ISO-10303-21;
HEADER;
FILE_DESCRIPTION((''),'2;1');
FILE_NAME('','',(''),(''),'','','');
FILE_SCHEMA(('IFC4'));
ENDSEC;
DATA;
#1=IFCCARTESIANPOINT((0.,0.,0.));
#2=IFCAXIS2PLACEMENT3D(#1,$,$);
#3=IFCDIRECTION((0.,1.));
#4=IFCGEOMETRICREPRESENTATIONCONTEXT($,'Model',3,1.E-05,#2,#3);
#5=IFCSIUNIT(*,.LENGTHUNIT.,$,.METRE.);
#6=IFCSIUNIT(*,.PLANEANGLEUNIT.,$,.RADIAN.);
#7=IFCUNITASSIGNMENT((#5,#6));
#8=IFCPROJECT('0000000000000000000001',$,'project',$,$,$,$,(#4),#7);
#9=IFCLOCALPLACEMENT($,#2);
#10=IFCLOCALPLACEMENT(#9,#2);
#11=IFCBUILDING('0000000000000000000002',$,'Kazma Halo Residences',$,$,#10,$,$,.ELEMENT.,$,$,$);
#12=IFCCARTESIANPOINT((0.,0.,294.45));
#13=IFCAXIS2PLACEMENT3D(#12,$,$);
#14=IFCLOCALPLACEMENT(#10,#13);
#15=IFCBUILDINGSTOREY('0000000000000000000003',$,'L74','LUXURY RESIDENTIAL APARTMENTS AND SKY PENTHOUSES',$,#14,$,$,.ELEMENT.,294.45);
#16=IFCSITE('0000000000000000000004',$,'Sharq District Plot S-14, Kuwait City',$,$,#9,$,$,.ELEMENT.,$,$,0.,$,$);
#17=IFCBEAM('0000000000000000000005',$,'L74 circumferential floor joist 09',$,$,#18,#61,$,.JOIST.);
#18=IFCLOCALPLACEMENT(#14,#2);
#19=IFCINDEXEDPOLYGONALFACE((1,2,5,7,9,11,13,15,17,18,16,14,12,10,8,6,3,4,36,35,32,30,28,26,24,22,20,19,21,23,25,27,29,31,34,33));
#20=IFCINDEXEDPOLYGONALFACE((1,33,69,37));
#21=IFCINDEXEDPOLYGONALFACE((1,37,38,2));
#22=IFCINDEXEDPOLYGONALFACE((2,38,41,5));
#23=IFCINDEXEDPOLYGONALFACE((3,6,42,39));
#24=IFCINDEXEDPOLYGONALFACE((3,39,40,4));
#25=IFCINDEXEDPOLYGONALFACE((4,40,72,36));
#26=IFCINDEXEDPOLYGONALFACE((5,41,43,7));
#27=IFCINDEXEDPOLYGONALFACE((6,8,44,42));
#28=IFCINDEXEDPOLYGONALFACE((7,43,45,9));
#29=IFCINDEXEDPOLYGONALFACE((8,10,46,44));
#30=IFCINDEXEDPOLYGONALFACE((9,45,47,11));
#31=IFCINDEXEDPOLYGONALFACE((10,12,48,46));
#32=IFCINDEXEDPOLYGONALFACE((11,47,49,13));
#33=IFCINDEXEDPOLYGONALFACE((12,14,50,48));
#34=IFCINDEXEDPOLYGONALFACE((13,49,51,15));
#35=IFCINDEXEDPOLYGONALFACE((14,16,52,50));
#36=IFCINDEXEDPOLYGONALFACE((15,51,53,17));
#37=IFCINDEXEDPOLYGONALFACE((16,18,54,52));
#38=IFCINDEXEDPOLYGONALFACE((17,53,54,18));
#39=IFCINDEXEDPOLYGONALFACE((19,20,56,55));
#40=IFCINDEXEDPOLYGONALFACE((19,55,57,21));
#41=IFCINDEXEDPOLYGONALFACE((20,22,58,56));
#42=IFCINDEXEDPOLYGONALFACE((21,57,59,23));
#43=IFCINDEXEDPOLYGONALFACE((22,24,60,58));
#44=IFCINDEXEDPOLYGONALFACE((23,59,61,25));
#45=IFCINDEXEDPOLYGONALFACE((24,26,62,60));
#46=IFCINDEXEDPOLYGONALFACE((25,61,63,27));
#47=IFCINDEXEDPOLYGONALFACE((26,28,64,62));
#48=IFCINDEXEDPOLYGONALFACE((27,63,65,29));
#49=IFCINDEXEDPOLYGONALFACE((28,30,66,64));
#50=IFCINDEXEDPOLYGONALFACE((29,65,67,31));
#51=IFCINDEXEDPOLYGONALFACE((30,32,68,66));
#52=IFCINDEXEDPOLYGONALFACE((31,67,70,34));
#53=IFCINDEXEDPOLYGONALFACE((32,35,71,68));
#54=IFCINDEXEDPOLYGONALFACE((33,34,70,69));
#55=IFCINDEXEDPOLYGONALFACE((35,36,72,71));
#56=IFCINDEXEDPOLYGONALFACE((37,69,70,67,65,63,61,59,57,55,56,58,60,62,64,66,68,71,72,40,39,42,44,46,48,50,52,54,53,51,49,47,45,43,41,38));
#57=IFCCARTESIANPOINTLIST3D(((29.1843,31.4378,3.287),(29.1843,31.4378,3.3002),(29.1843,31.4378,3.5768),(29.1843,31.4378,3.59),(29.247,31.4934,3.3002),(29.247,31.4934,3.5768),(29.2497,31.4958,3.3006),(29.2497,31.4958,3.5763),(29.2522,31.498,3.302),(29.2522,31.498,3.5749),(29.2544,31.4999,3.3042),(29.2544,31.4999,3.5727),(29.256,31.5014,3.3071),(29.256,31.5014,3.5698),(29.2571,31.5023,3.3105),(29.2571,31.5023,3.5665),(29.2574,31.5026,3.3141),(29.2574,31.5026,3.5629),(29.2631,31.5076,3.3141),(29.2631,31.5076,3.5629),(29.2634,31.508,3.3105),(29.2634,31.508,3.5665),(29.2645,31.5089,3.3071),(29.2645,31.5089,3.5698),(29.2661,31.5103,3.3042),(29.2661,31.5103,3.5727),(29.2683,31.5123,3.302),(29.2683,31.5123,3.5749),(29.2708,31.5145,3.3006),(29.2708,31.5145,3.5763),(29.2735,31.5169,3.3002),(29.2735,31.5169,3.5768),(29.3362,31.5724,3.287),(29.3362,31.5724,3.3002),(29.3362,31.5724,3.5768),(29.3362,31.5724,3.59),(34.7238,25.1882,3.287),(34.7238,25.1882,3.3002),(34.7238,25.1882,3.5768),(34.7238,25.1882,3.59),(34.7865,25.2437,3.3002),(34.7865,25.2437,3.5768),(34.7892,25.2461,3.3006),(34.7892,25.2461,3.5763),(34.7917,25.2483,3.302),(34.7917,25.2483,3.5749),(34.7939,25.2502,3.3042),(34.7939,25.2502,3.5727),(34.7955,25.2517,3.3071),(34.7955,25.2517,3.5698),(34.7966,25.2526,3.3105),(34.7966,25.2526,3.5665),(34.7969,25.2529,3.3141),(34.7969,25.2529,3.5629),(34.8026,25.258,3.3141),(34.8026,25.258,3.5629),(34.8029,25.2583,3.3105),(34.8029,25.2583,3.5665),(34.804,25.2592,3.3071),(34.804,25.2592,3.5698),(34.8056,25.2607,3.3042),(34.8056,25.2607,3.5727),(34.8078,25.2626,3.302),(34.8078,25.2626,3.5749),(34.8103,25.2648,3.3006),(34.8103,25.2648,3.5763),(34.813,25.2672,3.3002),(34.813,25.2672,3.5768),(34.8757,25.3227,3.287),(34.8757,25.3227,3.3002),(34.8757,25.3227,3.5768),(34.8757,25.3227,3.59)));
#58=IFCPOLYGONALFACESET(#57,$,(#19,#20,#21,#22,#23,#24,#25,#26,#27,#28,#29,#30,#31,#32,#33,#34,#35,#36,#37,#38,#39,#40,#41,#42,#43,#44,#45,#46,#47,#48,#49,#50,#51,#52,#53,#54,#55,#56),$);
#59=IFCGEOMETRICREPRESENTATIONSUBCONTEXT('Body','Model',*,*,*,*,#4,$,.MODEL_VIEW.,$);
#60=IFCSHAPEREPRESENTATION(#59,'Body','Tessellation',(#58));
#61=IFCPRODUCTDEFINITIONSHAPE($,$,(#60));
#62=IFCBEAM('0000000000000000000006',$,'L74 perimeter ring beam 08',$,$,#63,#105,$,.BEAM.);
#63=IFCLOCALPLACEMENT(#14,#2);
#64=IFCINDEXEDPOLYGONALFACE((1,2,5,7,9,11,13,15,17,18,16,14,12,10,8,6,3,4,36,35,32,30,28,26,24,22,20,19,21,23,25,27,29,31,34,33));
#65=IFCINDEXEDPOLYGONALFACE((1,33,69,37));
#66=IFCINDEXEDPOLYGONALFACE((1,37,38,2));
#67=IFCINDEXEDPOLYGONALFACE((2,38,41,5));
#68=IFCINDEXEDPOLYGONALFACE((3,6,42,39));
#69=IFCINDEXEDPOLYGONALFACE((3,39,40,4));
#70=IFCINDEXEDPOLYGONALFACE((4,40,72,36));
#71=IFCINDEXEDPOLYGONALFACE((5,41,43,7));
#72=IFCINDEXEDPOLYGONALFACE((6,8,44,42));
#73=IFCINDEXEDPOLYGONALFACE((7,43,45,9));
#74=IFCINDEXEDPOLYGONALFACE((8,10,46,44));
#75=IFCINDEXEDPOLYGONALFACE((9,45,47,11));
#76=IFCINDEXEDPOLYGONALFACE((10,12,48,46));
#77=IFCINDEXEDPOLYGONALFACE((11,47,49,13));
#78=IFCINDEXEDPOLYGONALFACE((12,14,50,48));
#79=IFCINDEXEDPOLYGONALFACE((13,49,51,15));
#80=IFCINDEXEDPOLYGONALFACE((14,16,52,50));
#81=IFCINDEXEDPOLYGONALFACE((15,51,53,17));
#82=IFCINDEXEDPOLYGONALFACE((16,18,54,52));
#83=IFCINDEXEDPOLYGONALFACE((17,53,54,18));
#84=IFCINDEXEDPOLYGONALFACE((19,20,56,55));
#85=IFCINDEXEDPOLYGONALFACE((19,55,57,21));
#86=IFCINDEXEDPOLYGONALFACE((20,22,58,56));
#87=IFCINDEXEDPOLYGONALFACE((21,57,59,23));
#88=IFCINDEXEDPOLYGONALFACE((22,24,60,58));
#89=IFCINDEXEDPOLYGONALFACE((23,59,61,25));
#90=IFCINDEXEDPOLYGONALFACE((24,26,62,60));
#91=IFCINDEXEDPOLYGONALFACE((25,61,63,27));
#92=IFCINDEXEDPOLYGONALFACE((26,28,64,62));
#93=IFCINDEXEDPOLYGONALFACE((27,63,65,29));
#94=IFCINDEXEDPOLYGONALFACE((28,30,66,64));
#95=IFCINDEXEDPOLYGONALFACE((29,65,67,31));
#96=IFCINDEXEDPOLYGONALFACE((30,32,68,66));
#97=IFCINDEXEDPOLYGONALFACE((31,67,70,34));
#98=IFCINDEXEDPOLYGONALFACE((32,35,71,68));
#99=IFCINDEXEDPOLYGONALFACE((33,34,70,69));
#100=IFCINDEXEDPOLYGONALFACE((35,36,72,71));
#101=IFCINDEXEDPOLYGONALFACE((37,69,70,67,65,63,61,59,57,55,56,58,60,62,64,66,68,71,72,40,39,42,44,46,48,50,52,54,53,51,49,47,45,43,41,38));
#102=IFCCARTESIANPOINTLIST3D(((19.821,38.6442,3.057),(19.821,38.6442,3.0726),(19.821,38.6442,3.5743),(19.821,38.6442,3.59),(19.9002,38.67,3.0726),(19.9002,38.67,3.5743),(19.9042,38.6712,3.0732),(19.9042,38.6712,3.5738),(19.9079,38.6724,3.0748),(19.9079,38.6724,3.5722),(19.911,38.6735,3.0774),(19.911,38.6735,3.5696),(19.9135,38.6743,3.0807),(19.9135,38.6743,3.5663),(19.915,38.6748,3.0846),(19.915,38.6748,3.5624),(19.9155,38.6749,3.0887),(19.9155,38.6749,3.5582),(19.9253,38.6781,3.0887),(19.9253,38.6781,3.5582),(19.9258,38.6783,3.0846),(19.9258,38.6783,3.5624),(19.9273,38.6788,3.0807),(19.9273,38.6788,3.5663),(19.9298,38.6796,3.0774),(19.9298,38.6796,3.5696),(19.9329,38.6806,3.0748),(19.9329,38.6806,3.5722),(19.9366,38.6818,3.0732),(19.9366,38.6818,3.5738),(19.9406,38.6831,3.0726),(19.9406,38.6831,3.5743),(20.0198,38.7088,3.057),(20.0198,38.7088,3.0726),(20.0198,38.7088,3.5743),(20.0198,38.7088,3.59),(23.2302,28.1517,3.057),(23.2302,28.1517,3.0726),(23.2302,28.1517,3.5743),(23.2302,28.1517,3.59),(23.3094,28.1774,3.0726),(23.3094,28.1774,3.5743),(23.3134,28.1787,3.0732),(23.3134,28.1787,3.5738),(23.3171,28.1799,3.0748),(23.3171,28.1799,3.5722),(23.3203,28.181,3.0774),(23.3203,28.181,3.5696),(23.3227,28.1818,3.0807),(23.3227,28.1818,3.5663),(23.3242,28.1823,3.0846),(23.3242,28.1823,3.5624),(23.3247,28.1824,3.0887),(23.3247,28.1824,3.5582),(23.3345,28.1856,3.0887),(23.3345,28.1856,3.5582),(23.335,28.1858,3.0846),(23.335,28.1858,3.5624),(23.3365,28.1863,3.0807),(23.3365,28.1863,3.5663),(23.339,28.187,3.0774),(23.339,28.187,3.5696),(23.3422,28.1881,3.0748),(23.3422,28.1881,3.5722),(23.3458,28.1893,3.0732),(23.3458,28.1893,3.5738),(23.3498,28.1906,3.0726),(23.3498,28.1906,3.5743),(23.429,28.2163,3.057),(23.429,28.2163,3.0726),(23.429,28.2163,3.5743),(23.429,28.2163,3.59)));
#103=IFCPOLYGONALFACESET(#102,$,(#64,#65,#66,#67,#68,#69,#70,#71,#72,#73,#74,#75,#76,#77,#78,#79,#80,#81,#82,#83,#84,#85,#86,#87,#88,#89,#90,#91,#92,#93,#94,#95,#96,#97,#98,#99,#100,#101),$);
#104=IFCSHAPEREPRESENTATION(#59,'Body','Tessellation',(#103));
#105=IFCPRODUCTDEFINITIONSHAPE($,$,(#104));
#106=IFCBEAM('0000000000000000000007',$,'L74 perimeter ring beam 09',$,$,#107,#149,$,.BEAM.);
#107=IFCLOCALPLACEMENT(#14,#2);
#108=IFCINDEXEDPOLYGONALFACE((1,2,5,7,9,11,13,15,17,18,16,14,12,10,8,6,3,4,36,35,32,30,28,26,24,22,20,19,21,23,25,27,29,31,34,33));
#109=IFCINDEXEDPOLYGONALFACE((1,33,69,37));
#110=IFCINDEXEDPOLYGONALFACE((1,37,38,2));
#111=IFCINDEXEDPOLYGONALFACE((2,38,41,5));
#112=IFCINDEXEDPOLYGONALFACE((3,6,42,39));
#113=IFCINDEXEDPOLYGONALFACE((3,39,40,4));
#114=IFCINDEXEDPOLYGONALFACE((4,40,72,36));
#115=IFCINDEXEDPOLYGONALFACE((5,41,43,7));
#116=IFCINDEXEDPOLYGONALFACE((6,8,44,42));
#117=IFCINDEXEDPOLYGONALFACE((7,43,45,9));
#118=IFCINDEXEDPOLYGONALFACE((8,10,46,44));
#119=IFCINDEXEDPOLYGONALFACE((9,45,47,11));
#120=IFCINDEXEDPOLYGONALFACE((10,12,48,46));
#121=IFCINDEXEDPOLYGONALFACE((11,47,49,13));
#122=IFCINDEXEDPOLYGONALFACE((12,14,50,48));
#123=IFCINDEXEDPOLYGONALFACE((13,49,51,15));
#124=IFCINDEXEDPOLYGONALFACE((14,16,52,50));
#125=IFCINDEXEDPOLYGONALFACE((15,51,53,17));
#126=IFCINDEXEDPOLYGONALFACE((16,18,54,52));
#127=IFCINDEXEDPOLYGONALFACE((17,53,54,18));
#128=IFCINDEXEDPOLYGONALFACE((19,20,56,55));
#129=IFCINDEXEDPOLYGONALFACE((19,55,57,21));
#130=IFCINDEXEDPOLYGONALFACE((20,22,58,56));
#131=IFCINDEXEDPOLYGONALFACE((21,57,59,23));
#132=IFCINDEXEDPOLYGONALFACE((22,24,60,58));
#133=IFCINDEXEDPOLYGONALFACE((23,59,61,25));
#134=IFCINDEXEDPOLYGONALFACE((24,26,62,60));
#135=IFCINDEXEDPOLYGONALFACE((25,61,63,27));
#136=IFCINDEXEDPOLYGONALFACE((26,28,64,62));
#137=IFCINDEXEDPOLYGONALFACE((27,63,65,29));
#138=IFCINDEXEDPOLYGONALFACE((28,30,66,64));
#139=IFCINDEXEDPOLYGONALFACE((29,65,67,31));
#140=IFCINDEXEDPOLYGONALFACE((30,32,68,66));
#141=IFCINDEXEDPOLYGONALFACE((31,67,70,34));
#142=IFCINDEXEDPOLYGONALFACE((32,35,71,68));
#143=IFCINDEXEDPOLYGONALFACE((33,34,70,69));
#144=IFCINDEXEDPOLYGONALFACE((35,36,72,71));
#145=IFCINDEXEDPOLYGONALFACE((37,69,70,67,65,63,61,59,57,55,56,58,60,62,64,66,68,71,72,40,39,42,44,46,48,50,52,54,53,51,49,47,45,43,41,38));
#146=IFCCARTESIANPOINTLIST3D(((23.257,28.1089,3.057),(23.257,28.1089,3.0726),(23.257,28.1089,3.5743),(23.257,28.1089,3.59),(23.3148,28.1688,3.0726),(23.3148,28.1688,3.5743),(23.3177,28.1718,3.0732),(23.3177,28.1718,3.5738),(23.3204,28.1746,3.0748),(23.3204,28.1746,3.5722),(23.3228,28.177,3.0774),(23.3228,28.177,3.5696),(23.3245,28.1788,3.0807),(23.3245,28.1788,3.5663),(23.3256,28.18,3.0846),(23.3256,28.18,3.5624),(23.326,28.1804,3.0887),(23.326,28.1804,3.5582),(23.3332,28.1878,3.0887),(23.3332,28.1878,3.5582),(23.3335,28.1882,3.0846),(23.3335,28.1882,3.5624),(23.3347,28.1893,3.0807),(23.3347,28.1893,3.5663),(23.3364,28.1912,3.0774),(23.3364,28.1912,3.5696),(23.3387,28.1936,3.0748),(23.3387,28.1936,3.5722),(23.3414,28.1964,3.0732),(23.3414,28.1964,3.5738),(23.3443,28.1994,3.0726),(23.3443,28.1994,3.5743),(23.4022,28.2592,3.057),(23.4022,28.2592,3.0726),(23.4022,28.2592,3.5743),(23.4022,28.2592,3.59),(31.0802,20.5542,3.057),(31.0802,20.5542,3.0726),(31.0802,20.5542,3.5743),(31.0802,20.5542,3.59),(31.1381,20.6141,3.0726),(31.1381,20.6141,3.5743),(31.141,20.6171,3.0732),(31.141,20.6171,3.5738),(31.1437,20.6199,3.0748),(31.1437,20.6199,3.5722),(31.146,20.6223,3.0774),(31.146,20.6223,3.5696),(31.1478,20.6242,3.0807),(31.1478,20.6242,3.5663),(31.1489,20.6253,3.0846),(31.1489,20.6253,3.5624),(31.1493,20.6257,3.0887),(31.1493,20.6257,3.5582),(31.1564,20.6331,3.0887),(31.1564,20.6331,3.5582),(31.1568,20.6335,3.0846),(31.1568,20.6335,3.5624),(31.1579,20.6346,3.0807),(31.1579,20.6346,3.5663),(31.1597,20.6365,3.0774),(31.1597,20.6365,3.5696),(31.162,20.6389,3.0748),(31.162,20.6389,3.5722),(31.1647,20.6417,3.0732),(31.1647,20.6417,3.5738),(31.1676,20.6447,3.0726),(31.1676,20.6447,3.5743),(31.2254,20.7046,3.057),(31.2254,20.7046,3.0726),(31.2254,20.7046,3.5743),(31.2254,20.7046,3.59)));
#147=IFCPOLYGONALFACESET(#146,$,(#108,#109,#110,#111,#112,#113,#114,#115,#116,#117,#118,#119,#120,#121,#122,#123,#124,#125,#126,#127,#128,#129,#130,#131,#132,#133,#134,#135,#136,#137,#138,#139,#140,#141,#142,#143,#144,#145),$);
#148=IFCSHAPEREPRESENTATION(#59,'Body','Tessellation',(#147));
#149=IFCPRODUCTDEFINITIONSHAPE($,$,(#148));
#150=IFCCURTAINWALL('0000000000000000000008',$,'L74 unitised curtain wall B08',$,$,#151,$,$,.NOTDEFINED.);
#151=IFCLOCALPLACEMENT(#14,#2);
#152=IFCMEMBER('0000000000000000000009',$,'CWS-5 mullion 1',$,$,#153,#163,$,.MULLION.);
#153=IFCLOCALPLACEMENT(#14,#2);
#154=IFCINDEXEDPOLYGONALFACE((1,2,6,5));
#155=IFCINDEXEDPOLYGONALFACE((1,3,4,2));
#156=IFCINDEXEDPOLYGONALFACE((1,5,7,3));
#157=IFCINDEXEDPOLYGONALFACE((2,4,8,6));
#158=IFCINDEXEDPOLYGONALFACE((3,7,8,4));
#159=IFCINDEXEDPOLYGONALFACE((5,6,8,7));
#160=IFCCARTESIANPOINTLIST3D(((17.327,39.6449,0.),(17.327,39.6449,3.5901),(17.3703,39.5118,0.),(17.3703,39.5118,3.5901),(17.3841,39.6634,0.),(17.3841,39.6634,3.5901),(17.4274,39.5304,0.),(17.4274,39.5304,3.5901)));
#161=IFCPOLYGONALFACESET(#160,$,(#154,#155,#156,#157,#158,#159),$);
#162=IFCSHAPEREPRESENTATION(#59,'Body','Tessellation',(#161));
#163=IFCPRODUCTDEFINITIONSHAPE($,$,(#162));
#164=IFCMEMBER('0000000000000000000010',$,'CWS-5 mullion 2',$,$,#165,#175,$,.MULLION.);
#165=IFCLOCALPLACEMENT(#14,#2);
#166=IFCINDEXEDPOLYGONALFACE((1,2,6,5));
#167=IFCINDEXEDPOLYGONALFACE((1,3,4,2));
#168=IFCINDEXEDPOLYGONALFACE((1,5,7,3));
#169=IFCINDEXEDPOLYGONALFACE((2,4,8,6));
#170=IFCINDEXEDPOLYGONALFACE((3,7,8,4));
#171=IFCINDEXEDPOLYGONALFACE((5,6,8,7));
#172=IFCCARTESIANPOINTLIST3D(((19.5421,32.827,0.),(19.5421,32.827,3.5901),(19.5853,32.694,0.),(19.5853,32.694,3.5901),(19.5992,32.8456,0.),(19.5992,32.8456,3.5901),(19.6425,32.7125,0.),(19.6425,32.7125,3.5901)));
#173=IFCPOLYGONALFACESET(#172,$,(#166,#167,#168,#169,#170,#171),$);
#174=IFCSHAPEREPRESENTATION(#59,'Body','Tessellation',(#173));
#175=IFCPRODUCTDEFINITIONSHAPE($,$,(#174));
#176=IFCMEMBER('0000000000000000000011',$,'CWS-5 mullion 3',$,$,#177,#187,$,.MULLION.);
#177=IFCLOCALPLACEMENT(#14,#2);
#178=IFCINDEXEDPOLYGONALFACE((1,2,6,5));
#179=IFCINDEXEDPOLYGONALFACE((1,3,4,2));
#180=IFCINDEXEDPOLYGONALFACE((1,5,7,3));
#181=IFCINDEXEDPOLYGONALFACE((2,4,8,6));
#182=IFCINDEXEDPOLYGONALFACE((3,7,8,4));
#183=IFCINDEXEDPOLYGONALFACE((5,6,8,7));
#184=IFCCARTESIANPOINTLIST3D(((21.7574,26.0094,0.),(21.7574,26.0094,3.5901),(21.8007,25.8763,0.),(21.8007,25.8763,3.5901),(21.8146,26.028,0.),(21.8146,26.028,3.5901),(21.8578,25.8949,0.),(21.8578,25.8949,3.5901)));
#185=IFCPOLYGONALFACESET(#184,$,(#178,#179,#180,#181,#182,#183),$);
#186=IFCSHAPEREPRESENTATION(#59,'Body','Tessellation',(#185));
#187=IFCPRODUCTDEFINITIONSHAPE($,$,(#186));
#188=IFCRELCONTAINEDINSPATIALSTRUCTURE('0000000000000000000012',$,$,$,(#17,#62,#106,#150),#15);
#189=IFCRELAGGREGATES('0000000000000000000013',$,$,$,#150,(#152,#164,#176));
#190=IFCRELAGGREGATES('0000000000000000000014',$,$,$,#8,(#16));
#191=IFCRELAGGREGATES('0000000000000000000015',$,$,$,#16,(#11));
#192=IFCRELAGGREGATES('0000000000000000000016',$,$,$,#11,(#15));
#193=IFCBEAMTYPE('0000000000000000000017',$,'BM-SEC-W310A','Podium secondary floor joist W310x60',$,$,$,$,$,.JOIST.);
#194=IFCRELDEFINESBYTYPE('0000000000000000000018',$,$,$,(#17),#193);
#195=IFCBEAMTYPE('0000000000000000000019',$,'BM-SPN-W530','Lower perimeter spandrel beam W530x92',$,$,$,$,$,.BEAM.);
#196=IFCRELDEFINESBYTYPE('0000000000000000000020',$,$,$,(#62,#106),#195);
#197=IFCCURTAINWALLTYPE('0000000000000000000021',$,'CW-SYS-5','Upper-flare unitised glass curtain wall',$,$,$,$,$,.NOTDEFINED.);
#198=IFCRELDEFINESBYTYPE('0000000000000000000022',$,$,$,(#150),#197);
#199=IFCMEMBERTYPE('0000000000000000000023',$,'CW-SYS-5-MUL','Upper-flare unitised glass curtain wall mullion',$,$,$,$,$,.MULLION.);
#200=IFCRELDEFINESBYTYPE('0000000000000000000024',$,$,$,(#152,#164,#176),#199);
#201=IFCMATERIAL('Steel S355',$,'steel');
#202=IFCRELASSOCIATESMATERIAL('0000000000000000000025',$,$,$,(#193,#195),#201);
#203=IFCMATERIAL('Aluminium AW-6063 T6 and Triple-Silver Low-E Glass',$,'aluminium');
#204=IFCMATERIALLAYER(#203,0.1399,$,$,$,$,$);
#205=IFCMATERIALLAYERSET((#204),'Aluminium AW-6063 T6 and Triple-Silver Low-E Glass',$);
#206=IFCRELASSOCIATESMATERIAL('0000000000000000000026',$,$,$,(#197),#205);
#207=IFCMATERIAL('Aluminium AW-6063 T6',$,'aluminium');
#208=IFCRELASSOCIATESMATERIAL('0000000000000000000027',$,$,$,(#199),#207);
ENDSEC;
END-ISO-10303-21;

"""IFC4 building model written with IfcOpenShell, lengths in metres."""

from ifc_helpers import new_model, si_unit, direction, frame, origin, origin_2d, place, context, subcontext, project, spatial, rectangle, i_section, extrude, material, layer, layer_set, material_profile, profile_set, type_object, element, aggregate, save


model = new_model("IFC4")

# Units and contexts
model_context = context("Model", 3, precision=1e-05, world=origin(), true_north=direction((0.0, 1.0)))
body_context = subcontext(model_context, "Body", "Model", "MODEL_VIEW")
ifc_project = project(units=[si_unit("LENGTHUNIT", "METRE"), si_unit("PLANEANGLEUNIT", "RADIAN")], contexts=[model_context])

# Site, building, storey
site_placement = place(None, origin())
site = spatial("IfcSite", under=ifc_project, at=site_placement, Name="Sharq District Plot S-14, Kuwait City", CompositionType="ELEMENT", RefElevation=0.0)
building_placement = place(site_placement, origin())
building = spatial("IfcBuilding", under=site, at=building_placement, Name="Kazma Halo Residences", CompositionType="ELEMENT")
storey_placement = place(building_placement, frame((0.0, 0.0, 294.45)))
storey = spatial("IfcBuildingStorey", under=building, at=storey_placement, Name="L74", Description="LUXURY RESIDENTIAL APARTMENTS AND SKY PENTHOUSES", CompositionType="ELEMENT", Elevation=294.45)

# Beams
ifc_material_1 = material(Name="Steel S355", Category="steel")
ifc_material_profile_1 = material_profile(ifc_material_1, i_section(OverallWidth=0.2029, OverallDepth=0.303, WebThickness=0.0076, FlangeThickness=0.0132, FilletRadius=0.0139, at=origin_2d()), Name="W310x60")
ifc_profile_set_1 = profile_set([ifc_material_profile_1], Name="Steel S355")
beam_type_1 = type_object("IfcBeamType", Name="BM-SEC-W310A", Description="Podium secondary floor joist W310x60", PredefinedType="JOIST", material=ifc_profile_set_1)
beam_1_placement = place(storey_placement, frame((29.2603, 31.5051, 3.4385), z_axis=(0.663307, -0.748347, 0.0), x_axis=(0.748347, 0.663307, 0.0)))
element("IfcBeam", 1, at=beam_1_placement, inside=storey, type_object=beam_type_1, Name="L74 circumferential floor joist 09", PredefinedType="JOIST", context=body_context, shape_type="SweptSolid", body=[
    extrude(i_section(OverallWidth=0.2029, OverallDepth=0.303, WebThickness=0.0076, FlangeThickness=0.0132, FilletRadius=0.0139, at=origin_2d()), origin(), (0.0, 0.0, 1.0), 8.3513),
])
ifc_material_profile_2 = material_profile(ifc_material_1, i_section(OverallWidth=0.209, OverallDepth=0.533, WebThickness=0.0103, FlangeThickness=0.0156, FilletRadius=0.0161, at=origin_2d()), Name="W530x92")
ifc_profile_set_2 = profile_set([ifc_material_profile_2], Name="Steel S355")
beam_type_2 = type_object("IfcBeamType", Name="BM-SPN-W530", Description="Lower perimeter spandrel beam W530x92", PredefinedType="BEAM", material=ifc_profile_set_2)
beam_2_placement = place(storey_placement, frame((19.9204, 38.6765, 3.3235), z_axis=(0.309016, -0.951057, 0.0), x_axis=(0.951057, 0.309016, 0.0)))
element("IfcBeam", 2, at=beam_2_placement, inside=storey, type_object=beam_type_2, Name="L74 perimeter ring beam 08", PredefinedType="BEAM", context=body_context, shape_type="SweptSolid", body=[
    extrude(i_section(OverallWidth=0.209, OverallDepth=0.533, WebThickness=0.0103, FlangeThickness=0.0156, FilletRadius=0.0161, at=origin_2d()), origin(), (0.0, 0.0, 1.0), 11.0325),
])
beam_3_placement = place(storey_placement, frame((23.3296, 28.1841, 3.3235), z_axis=(0.719346, -0.694652, 0.0), x_axis=(0.694652, 0.719346, 0.0)))
element("IfcBeam", 3, at=beam_3_placement, inside=storey, type_object=beam_type_2, Name="L74 perimeter ring beam 09", PredefinedType="BEAM", context=body_context, shape_type="SweptSolid", body=[
    extrude(i_section(OverallWidth=0.209, OverallDepth=0.533, WebThickness=0.0103, FlangeThickness=0.0156, FilletRadius=0.0161, at=origin_2d()), origin(), (0.0, 0.0, 1.0), 10.8755),
])

# Curtain wall, members
ifc_material_2 = material(Name="Aluminium AW-6063 T6 and Triple-Silver Low-E Glass", Category="aluminium")
ifc_layer_1 = layer(ifc_material_2, 0.1399)
ifc_layer_set_1 = layer_set([ifc_layer_1], Name="Aluminium AW-6063 T6 and Triple-Silver Low-E Glass")
curtain_wall_type = type_object("IfcCurtainWallType", Name="CW-SYS-5", Description="Upper-flare unitised glass curtain wall", PredefinedType="NOTDEFINED", material=ifc_layer_set_1)
curtain_wall_placement = place(storey_placement, origin())
curtain_wall = element("IfcCurtainWall", 4, at=curtain_wall_placement, inside=storey, type_object=curtain_wall_type, Name="L74 unitised curtain wall B08", PredefinedType="NOTDEFINED")
ifc_material_3 = material(Name="Aluminium AW-6063 T6", Category="aluminium")
ifc_material_profile_3 = material_profile(ifc_material_3, rectangle(XDim=0.0601, YDim=0.1399, at=origin_2d()), Name="CWM-60x140")
ifc_profile_set_3 = profile_set([ifc_material_profile_3], Name="Aluminium AW-6063 T6")
member_type_1 = type_object("IfcMemberType", Name="CW-SYS-5-MUL", Description="Upper-flare unitised glass curtain wall mullion", PredefinedType="MULLION", material=ifc_profile_set_3)
member_1_placement = place(storey_placement, frame((17.3772, 39.5876, 0.0), z_axis=(0.0, 0.0, 1.0), x_axis=(0.951058, 0.309011, 0.0)))
member_1 = element("IfcMember", 5, at=member_1_placement, type_object=member_type_1, Name="CWS-5 mullion 1", PredefinedType="MULLION", context=body_context, shape_type="SweptSolid", body=[
    extrude(rectangle(XDim=0.0601, YDim=0.1399, at=origin_2d()), origin(), (0.0, 0.0, 1.0), 3.5901),
])
member_2_placement = place(storey_placement, frame((19.5923, 32.7698, 0.0), z_axis=(0.0, 0.0, 1.0), x_axis=(0.951058, 0.309011, 0.0)))
member_2 = element("IfcMember", 6, at=member_2_placement, type_object=member_type_1, Name="CWS-5 mullion 2", PredefinedType="MULLION", context=body_context, shape_type="SweptSolid", body=[
    extrude(rectangle(XDim=0.0601, YDim=0.1399, at=origin_2d()), origin(), (0.0, 0.0, 1.0), 3.5901),
])
member_3_placement = place(storey_placement, frame((21.8076, 25.9521, 0.0), z_axis=(0.0, 0.0, 1.0), x_axis=(0.951058, 0.309011, 0.0)))
member_3 = element("IfcMember", 7, at=member_3_placement, type_object=member_type_1, Name="CWS-5 mullion 3", PredefinedType="MULLION", context=body_context, shape_type="SweptSolid", body=[
    extrude(rectangle(XDim=0.0601, YDim=0.1399, at=origin_2d()), origin(), (0.0, 0.0, 1.0), 3.5901),
])
aggregate(curtain_wall, [member_1, member_2, member_3])

save(model, "model.ifc")
